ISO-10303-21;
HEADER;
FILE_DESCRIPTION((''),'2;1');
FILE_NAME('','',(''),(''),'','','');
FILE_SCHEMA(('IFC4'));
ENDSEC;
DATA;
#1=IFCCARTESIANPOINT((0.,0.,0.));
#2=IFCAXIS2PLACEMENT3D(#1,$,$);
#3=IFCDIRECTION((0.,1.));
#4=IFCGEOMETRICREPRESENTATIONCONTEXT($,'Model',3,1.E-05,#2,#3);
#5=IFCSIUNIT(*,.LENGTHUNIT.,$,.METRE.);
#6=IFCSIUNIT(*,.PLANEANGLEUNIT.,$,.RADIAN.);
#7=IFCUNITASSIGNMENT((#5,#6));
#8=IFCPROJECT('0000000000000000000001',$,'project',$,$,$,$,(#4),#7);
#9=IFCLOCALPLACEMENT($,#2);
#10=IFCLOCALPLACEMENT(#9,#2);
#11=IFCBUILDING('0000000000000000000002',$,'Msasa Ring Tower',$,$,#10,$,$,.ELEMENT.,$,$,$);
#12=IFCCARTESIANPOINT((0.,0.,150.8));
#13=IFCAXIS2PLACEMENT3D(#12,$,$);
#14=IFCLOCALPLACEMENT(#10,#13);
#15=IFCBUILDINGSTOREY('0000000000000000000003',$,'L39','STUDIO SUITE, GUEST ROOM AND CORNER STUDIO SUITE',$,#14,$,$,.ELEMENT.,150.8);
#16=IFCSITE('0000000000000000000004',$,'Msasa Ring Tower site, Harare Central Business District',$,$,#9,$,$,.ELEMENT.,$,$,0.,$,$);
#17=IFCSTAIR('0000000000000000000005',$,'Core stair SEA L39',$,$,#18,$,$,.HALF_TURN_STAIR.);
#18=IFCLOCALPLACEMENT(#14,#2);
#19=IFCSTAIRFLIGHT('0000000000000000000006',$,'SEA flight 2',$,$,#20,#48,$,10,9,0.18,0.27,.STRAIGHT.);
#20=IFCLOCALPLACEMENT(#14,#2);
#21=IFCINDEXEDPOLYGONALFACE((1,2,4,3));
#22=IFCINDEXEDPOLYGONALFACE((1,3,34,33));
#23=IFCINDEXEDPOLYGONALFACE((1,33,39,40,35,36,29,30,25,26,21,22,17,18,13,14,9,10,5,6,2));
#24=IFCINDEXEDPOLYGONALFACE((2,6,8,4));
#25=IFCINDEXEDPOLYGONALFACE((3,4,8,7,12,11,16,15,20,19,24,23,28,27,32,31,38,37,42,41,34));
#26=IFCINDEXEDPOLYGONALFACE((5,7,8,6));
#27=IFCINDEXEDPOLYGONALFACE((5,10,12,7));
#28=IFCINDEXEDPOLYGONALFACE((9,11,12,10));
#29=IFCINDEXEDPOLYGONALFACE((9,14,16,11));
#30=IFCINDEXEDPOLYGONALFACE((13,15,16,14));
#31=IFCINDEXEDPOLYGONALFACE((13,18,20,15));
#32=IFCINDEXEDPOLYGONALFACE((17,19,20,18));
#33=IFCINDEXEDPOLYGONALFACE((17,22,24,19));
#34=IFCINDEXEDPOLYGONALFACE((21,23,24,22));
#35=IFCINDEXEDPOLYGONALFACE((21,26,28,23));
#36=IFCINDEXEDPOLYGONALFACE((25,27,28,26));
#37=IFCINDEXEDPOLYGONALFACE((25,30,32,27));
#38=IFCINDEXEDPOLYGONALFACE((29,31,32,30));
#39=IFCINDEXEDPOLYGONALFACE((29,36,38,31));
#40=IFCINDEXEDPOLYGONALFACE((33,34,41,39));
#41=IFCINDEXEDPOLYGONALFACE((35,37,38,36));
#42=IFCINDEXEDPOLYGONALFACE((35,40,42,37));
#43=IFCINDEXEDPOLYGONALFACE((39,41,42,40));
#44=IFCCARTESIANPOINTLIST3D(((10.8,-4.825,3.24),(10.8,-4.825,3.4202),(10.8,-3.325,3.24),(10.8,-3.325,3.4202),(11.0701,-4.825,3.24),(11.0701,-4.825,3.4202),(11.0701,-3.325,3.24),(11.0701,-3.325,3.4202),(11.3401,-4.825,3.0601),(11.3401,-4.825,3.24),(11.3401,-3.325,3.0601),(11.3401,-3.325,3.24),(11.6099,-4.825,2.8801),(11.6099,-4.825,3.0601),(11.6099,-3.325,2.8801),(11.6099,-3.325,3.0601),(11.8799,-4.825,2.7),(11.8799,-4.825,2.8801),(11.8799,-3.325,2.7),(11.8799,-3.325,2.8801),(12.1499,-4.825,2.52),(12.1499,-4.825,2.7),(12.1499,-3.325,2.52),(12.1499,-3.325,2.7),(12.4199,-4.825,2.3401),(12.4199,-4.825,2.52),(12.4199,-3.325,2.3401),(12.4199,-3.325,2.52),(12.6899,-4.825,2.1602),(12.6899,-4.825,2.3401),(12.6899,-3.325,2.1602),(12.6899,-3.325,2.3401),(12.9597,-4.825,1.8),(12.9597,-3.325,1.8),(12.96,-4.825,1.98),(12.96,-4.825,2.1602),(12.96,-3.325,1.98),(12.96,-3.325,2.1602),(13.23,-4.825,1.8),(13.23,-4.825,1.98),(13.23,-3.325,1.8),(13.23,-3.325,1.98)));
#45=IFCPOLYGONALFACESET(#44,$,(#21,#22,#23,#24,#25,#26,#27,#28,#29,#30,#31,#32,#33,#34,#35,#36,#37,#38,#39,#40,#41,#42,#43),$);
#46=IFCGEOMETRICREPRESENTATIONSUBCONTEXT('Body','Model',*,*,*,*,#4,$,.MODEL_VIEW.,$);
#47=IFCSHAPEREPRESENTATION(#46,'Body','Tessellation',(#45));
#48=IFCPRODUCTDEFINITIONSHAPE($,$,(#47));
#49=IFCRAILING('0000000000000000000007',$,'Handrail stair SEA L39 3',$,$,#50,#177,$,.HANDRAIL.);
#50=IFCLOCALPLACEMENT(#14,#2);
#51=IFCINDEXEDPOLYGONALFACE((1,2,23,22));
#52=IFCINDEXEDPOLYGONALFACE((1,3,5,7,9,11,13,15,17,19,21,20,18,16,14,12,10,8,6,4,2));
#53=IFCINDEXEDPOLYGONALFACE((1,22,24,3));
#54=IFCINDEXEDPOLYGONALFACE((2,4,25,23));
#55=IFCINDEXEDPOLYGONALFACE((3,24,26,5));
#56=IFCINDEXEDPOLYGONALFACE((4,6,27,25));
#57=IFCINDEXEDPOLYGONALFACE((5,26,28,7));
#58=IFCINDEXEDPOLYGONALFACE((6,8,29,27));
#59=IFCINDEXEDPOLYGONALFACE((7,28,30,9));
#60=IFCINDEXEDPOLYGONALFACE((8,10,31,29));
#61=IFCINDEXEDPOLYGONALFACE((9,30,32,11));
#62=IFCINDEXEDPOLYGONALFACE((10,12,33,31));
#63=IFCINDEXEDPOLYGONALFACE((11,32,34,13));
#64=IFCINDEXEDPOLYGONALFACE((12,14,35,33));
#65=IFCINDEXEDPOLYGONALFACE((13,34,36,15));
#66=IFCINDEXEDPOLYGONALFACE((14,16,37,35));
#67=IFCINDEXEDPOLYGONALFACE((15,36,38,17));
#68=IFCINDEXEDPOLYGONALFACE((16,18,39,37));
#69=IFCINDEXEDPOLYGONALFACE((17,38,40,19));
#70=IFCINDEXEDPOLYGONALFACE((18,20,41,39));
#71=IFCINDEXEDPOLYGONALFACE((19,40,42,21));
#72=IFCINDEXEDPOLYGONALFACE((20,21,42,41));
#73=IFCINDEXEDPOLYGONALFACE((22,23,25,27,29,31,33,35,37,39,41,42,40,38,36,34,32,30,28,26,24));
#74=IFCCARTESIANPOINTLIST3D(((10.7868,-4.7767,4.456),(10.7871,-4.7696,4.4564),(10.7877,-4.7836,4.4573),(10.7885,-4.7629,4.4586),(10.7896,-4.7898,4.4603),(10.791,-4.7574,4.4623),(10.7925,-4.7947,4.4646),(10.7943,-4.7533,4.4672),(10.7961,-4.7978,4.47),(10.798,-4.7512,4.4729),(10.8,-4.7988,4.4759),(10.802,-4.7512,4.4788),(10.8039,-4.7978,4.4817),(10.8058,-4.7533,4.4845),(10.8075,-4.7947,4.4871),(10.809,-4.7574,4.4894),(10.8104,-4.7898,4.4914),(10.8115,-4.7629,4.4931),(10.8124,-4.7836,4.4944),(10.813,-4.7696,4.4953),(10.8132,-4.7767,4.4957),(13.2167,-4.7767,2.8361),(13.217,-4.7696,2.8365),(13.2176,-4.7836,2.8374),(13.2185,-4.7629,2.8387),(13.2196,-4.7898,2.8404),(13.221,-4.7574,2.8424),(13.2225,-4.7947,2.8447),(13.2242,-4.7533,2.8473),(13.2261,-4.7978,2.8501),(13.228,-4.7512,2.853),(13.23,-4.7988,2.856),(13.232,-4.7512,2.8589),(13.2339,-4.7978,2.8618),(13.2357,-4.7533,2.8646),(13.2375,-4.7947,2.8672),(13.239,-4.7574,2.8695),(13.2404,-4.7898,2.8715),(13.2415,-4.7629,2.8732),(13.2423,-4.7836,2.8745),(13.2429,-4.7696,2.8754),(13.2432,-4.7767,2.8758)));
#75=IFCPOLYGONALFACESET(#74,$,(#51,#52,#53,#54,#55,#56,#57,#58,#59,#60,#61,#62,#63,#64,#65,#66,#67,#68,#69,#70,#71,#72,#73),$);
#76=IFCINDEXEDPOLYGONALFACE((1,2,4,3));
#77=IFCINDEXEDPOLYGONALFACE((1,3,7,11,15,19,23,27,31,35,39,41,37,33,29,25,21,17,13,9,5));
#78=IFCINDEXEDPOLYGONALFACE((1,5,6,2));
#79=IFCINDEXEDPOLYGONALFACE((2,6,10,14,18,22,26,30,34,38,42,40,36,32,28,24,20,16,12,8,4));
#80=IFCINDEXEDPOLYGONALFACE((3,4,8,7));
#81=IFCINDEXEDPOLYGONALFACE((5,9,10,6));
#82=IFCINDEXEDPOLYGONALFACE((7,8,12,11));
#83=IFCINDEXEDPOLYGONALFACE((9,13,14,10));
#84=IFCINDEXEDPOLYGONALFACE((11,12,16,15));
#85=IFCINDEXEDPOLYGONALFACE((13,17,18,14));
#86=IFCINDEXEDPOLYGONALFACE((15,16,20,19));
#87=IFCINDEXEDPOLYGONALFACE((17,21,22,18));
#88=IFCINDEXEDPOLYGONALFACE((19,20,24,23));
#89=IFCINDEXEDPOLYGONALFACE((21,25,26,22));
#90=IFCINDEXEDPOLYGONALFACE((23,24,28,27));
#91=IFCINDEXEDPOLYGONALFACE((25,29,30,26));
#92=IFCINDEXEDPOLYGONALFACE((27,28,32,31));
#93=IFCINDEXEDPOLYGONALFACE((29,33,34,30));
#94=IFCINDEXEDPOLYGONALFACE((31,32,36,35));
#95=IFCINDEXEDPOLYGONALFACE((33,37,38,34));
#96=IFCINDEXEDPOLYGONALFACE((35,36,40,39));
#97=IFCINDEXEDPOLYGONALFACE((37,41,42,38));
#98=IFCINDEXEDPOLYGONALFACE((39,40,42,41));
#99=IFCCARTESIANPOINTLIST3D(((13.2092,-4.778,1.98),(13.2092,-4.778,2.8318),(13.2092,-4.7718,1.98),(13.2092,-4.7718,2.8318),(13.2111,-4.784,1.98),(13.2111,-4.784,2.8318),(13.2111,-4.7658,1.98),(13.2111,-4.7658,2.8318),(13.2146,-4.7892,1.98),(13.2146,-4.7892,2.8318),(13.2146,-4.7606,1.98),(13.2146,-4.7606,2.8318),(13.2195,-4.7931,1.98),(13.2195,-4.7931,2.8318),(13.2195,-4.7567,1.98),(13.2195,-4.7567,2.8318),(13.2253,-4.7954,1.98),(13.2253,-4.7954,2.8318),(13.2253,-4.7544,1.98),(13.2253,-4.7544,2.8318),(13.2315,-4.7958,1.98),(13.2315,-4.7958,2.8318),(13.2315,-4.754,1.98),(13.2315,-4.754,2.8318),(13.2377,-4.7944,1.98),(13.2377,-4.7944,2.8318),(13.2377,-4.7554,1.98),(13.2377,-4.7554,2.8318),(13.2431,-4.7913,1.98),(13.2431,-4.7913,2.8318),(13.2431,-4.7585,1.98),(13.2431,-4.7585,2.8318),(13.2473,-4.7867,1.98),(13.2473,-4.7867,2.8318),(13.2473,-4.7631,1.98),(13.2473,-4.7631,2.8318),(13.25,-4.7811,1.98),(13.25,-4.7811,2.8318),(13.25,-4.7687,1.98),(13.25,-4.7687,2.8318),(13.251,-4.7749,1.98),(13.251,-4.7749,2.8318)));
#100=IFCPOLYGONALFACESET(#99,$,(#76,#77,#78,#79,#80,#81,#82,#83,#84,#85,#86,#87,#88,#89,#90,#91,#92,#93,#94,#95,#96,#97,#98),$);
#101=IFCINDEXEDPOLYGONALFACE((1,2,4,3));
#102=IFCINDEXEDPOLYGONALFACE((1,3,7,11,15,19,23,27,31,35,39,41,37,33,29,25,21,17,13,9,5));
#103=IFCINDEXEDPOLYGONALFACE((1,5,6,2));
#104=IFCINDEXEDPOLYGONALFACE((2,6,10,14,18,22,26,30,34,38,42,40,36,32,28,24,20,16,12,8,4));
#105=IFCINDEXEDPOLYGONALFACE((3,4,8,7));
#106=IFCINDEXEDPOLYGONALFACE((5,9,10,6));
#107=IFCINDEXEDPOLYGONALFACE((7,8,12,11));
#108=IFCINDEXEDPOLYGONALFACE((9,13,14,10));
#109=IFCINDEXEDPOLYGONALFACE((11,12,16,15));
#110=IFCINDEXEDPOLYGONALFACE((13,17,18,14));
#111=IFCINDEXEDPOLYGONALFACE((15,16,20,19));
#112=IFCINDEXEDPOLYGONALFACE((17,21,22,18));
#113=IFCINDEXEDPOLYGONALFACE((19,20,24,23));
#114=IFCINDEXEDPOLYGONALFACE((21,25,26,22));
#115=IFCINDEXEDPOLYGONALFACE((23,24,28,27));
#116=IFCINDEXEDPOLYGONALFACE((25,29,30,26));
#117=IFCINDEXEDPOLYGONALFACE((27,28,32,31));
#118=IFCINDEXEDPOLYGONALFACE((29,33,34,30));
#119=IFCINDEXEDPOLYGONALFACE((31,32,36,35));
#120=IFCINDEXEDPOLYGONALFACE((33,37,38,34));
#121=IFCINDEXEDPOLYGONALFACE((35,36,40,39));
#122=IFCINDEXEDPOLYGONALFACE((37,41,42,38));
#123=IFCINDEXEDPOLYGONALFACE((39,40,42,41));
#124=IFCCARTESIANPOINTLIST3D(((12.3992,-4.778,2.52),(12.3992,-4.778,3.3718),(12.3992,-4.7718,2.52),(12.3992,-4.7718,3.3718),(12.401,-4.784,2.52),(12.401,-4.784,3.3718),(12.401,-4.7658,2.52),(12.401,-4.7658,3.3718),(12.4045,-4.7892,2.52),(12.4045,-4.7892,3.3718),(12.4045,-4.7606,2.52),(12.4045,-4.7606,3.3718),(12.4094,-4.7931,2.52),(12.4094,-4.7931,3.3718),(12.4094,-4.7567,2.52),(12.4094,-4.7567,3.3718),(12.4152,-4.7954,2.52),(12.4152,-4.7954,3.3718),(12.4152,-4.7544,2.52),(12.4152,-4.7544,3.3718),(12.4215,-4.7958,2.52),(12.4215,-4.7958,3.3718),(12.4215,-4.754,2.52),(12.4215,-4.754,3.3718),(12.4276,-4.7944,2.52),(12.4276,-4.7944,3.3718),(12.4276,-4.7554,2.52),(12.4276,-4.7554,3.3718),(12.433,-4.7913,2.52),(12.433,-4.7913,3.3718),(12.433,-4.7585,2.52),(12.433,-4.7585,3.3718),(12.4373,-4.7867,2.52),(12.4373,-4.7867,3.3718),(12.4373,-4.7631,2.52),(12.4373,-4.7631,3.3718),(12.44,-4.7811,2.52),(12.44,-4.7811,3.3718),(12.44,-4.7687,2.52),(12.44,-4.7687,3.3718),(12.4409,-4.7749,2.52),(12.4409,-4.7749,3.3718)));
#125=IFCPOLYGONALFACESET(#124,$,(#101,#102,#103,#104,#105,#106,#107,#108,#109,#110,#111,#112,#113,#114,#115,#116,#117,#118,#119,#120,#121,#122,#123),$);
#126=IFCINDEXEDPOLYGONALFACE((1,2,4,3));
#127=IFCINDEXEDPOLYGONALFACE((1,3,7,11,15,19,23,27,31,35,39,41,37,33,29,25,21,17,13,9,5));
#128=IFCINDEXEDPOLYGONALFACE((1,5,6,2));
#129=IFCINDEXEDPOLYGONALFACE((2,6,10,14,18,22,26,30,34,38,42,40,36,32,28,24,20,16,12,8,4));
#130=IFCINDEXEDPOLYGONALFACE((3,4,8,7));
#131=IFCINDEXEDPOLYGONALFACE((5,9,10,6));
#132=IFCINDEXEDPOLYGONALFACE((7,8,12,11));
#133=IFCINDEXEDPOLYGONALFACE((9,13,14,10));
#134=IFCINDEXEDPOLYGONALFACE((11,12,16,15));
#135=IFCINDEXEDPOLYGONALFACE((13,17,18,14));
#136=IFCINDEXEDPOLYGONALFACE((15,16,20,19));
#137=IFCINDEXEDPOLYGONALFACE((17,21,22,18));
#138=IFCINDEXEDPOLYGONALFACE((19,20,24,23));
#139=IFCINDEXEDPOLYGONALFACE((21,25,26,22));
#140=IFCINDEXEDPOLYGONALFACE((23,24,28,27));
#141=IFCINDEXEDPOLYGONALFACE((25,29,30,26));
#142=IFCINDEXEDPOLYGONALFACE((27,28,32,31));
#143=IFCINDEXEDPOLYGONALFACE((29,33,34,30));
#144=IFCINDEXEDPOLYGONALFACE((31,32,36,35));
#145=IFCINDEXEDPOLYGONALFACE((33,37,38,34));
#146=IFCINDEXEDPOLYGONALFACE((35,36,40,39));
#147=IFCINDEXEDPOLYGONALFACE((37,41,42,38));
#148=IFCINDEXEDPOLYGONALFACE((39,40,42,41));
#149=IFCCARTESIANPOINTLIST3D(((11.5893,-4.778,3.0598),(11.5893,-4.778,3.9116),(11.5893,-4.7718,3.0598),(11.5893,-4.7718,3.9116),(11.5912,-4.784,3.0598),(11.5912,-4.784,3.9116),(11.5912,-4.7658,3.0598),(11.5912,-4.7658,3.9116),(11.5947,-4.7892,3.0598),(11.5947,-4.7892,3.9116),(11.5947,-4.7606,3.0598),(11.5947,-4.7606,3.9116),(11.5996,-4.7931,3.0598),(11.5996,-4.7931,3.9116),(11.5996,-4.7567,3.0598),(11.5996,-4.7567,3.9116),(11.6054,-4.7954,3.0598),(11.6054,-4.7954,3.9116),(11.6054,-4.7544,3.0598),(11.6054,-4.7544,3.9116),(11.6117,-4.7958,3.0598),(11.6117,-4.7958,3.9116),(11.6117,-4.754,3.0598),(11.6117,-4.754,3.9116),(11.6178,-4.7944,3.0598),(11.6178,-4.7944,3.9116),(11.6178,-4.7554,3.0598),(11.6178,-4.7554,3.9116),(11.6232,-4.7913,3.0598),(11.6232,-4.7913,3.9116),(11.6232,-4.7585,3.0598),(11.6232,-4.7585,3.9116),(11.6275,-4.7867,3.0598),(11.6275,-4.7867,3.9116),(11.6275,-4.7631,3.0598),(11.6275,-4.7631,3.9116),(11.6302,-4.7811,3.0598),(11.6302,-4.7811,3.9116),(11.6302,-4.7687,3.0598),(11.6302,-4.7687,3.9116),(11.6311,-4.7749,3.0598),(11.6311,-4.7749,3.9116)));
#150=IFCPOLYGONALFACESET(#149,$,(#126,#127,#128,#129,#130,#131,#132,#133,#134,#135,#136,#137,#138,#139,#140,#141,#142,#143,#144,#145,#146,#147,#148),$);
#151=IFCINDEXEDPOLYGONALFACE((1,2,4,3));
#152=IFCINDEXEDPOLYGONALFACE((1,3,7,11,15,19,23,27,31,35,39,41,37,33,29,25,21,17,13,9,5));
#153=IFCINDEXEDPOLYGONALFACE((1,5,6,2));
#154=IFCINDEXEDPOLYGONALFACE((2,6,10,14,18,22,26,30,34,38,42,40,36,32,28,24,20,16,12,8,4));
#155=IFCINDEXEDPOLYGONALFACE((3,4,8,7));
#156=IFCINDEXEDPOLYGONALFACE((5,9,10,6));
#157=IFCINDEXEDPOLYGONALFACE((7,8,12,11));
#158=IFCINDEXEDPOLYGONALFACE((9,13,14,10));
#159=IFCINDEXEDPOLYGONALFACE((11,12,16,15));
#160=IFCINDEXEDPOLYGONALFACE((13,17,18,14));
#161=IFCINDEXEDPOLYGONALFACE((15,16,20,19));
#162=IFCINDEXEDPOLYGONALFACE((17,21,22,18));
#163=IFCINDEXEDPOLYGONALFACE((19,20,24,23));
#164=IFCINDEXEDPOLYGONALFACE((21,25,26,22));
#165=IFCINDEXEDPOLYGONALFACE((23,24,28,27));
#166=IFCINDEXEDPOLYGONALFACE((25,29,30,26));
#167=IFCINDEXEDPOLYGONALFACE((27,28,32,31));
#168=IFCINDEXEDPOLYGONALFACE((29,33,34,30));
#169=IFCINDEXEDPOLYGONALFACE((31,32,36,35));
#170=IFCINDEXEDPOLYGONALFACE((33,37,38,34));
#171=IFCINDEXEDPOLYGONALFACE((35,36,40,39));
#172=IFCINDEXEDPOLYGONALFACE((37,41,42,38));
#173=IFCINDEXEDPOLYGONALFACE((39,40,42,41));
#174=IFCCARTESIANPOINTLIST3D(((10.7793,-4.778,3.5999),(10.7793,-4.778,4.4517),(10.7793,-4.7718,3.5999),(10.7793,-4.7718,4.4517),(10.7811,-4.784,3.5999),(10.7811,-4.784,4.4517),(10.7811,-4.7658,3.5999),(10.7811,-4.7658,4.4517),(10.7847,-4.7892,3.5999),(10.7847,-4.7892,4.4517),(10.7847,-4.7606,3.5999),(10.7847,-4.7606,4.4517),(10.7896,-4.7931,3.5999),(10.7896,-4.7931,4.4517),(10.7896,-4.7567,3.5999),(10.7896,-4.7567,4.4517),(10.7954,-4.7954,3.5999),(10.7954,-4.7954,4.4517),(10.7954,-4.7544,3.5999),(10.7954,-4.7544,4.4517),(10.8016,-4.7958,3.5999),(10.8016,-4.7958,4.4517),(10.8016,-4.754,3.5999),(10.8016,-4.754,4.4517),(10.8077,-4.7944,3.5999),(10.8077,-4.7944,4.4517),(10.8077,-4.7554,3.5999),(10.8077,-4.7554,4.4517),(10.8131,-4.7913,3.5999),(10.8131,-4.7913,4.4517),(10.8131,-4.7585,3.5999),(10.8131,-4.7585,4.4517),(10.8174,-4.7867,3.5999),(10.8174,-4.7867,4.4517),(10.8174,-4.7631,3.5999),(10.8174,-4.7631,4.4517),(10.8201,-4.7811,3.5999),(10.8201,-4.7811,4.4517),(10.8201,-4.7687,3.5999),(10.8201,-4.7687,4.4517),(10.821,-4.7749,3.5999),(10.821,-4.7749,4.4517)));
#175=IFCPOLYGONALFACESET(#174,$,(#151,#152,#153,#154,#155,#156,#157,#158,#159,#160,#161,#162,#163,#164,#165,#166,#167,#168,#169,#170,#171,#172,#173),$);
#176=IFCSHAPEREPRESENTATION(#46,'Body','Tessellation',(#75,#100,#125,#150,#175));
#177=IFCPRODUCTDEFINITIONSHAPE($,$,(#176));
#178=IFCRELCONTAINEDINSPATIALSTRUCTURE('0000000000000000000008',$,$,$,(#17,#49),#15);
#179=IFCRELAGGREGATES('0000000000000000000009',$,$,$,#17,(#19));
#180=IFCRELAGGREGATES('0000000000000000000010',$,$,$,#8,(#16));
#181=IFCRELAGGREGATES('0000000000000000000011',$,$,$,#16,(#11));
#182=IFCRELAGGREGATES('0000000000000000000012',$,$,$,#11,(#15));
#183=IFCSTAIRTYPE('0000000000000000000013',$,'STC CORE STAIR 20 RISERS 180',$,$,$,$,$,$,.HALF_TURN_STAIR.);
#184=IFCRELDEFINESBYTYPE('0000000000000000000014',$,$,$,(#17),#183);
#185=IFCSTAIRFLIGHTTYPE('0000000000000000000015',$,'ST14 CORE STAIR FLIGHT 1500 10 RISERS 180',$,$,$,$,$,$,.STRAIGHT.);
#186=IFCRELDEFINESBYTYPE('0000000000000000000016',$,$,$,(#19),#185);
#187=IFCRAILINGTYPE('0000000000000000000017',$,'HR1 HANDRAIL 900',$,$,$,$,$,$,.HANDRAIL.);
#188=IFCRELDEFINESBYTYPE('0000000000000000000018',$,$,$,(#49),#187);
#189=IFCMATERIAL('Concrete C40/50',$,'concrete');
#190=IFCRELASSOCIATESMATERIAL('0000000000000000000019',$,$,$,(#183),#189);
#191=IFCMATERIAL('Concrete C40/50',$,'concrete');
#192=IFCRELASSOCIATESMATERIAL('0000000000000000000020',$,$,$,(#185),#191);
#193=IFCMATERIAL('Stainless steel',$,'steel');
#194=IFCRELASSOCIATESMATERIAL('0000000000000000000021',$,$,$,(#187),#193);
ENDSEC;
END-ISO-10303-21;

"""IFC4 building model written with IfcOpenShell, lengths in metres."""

from ifc_helpers import new_model, si_unit, direction, frame, origin, origin_2d, place, context, subcontext, project, spatial, polyline, circle, outline, extrude, material, type_object, element, aggregate, save


model = new_model("IFC4")

# Units and contexts
model_context = context("Model", 3, precision=1e-05, world=origin(), true_north=direction((0.0, 1.0)))
body_context = subcontext(model_context, "Body", "Model", "MODEL_VIEW")
ifc_project = project(units=[si_unit("LENGTHUNIT", "METRE"), si_unit("PLANEANGLEUNIT", "RADIAN")], contexts=[model_context])

# Site, building, storey
site_placement = place(None, origin())
site = spatial("IfcSite", under=ifc_project, at=site_placement, Name="Msasa Ring Tower site, Harare Central Business District", CompositionType="ELEMENT", RefElevation=0.0)
building_placement = place(site_placement, origin())
building = spatial("IfcBuilding", under=site, at=building_placement, Name="Msasa Ring Tower", CompositionType="ELEMENT")
storey_placement = place(building_placement, frame((0.0, 0.0, 150.8)))
storey = spatial("IfcBuildingStorey", under=building, at=storey_placement, Name="L39", Description="STUDIO SUITE, GUEST ROOM AND CORNER STUDIO SUITE", CompositionType="ELEMENT", Elevation=150.8)

# Stair, stair flight
ifc_material_1 = material(Name="Concrete C40/50", Category="concrete")
stair_type = type_object("IfcStairType", Name="STC CORE STAIR 20 RISERS 180", PredefinedType="HALF_TURN_STAIR", material=ifc_material_1)
stair_placement = place(storey_placement, origin())
stair = element("IfcStair", 1, at=stair_placement, inside=storey, type_object=stair_type, Name="Core stair SEA L39", PredefinedType="HALF_TURN_STAIR")
ifc_material_2 = material(Name="Concrete C40/50", Category="concrete")
stair_flight_type = type_object("IfcStairFlightType", Name="ST14 CORE STAIR FLIGHT 1500 10 RISERS 180", PredefinedType="STRAIGHT", material=ifc_material_2)
stair_flight_placement = place(storey_placement, frame((13.23, -4.075, 1.8), z_axis=(0.0, 0.0, 1.0), x_axis=(-1.0, 0.0, 0.0)))
stair_flight = element("IfcStairFlight", 2, at=stair_flight_placement, type_object=stair_flight_type, Name="SEA flight 2", NumberOfRisers=10, NumberOfTreads=9, PredefinedType="STRAIGHT", RiserHeight=0.18, TreadLength=0.27, context=body_context, shape_type="SweptSolid", body=[
    extrude(outline(polyline([(0.0, 0.0), (0.0, 0.1799), (0.27, 0.1799), (0.27, 0.3601), (0.54, 0.3601), (0.54, 0.54), (0.8101, 0.54), (0.8101, 0.72), (1.0801, 0.72), (1.0801, 0.8999), (1.3501, 0.8999), (1.3501, 1.0801), (1.6201, 1.0801), (1.6201, 1.26), (1.8899, 1.26), (1.8899, 1.4399), (2.1599, 1.4399), (2.1599, 1.6201), (2.4299, 1.6201), (2.4299, 1.8), (2.4299, 1.4399), (0.2703, 0.0), (0.0, 0.0)])), frame((0.0, 0.75, 0.0), z_axis=(0.0, -1.0, 0.0), x_axis=(1.0, 0.0, 0.0)), (0.0, 0.0, 1.0), 1.5),
])
aggregate(stair, [stair_flight])

# Railing
ifc_material_3 = material(Name="Stainless steel", Category="steel")
railing_type = type_object("IfcRailingType", Name="HR1 HANDRAIL 900", PredefinedType="HANDRAIL", material=ifc_material_3)
for number, where, name in (
    (3, (13.23, -4.7749, 1.98), "Handrail stair SEA L39 3"),
):
    element("IfcRailing", number, at=place(storey_placement, frame(where)), inside=storey, type_object=railing_type, Name=name, PredefinedType="HANDRAIL", context=body_context, shape_type="SweptSolid", body=[
        extrude(circle(Radius=0.0239, at=origin_2d()), frame((0.0, 0.0, 0.876), z_axis=(-0.832063, 0.0, 0.554681), x_axis=(0.0, -1.0, 0.0)), (0.0, 0.0, 1.0), 2.9204),
        extrude(circle(Radius=0.021, at=origin_2d()), origin(), (0.0, 0.0, 1.0), 0.8518),
        extrude(circle(Radius=0.021, at=origin_2d()), frame((-0.8101, 0.0, 0.54)), (0.0, 0.0, 1.0), 0.8518),
        extrude(circle(Radius=0.021, at=origin_2d()), frame((-1.6199, 0.0, 1.0798)), (0.0, 0.0, 1.0), 0.8518),
        extrude(circle(Radius=0.021, at=origin_2d()), frame((-2.4299, 0.0, 1.6199)), (0.0, 0.0, 1.0), 0.8518),
    ])

save(model, "model.ifc")
